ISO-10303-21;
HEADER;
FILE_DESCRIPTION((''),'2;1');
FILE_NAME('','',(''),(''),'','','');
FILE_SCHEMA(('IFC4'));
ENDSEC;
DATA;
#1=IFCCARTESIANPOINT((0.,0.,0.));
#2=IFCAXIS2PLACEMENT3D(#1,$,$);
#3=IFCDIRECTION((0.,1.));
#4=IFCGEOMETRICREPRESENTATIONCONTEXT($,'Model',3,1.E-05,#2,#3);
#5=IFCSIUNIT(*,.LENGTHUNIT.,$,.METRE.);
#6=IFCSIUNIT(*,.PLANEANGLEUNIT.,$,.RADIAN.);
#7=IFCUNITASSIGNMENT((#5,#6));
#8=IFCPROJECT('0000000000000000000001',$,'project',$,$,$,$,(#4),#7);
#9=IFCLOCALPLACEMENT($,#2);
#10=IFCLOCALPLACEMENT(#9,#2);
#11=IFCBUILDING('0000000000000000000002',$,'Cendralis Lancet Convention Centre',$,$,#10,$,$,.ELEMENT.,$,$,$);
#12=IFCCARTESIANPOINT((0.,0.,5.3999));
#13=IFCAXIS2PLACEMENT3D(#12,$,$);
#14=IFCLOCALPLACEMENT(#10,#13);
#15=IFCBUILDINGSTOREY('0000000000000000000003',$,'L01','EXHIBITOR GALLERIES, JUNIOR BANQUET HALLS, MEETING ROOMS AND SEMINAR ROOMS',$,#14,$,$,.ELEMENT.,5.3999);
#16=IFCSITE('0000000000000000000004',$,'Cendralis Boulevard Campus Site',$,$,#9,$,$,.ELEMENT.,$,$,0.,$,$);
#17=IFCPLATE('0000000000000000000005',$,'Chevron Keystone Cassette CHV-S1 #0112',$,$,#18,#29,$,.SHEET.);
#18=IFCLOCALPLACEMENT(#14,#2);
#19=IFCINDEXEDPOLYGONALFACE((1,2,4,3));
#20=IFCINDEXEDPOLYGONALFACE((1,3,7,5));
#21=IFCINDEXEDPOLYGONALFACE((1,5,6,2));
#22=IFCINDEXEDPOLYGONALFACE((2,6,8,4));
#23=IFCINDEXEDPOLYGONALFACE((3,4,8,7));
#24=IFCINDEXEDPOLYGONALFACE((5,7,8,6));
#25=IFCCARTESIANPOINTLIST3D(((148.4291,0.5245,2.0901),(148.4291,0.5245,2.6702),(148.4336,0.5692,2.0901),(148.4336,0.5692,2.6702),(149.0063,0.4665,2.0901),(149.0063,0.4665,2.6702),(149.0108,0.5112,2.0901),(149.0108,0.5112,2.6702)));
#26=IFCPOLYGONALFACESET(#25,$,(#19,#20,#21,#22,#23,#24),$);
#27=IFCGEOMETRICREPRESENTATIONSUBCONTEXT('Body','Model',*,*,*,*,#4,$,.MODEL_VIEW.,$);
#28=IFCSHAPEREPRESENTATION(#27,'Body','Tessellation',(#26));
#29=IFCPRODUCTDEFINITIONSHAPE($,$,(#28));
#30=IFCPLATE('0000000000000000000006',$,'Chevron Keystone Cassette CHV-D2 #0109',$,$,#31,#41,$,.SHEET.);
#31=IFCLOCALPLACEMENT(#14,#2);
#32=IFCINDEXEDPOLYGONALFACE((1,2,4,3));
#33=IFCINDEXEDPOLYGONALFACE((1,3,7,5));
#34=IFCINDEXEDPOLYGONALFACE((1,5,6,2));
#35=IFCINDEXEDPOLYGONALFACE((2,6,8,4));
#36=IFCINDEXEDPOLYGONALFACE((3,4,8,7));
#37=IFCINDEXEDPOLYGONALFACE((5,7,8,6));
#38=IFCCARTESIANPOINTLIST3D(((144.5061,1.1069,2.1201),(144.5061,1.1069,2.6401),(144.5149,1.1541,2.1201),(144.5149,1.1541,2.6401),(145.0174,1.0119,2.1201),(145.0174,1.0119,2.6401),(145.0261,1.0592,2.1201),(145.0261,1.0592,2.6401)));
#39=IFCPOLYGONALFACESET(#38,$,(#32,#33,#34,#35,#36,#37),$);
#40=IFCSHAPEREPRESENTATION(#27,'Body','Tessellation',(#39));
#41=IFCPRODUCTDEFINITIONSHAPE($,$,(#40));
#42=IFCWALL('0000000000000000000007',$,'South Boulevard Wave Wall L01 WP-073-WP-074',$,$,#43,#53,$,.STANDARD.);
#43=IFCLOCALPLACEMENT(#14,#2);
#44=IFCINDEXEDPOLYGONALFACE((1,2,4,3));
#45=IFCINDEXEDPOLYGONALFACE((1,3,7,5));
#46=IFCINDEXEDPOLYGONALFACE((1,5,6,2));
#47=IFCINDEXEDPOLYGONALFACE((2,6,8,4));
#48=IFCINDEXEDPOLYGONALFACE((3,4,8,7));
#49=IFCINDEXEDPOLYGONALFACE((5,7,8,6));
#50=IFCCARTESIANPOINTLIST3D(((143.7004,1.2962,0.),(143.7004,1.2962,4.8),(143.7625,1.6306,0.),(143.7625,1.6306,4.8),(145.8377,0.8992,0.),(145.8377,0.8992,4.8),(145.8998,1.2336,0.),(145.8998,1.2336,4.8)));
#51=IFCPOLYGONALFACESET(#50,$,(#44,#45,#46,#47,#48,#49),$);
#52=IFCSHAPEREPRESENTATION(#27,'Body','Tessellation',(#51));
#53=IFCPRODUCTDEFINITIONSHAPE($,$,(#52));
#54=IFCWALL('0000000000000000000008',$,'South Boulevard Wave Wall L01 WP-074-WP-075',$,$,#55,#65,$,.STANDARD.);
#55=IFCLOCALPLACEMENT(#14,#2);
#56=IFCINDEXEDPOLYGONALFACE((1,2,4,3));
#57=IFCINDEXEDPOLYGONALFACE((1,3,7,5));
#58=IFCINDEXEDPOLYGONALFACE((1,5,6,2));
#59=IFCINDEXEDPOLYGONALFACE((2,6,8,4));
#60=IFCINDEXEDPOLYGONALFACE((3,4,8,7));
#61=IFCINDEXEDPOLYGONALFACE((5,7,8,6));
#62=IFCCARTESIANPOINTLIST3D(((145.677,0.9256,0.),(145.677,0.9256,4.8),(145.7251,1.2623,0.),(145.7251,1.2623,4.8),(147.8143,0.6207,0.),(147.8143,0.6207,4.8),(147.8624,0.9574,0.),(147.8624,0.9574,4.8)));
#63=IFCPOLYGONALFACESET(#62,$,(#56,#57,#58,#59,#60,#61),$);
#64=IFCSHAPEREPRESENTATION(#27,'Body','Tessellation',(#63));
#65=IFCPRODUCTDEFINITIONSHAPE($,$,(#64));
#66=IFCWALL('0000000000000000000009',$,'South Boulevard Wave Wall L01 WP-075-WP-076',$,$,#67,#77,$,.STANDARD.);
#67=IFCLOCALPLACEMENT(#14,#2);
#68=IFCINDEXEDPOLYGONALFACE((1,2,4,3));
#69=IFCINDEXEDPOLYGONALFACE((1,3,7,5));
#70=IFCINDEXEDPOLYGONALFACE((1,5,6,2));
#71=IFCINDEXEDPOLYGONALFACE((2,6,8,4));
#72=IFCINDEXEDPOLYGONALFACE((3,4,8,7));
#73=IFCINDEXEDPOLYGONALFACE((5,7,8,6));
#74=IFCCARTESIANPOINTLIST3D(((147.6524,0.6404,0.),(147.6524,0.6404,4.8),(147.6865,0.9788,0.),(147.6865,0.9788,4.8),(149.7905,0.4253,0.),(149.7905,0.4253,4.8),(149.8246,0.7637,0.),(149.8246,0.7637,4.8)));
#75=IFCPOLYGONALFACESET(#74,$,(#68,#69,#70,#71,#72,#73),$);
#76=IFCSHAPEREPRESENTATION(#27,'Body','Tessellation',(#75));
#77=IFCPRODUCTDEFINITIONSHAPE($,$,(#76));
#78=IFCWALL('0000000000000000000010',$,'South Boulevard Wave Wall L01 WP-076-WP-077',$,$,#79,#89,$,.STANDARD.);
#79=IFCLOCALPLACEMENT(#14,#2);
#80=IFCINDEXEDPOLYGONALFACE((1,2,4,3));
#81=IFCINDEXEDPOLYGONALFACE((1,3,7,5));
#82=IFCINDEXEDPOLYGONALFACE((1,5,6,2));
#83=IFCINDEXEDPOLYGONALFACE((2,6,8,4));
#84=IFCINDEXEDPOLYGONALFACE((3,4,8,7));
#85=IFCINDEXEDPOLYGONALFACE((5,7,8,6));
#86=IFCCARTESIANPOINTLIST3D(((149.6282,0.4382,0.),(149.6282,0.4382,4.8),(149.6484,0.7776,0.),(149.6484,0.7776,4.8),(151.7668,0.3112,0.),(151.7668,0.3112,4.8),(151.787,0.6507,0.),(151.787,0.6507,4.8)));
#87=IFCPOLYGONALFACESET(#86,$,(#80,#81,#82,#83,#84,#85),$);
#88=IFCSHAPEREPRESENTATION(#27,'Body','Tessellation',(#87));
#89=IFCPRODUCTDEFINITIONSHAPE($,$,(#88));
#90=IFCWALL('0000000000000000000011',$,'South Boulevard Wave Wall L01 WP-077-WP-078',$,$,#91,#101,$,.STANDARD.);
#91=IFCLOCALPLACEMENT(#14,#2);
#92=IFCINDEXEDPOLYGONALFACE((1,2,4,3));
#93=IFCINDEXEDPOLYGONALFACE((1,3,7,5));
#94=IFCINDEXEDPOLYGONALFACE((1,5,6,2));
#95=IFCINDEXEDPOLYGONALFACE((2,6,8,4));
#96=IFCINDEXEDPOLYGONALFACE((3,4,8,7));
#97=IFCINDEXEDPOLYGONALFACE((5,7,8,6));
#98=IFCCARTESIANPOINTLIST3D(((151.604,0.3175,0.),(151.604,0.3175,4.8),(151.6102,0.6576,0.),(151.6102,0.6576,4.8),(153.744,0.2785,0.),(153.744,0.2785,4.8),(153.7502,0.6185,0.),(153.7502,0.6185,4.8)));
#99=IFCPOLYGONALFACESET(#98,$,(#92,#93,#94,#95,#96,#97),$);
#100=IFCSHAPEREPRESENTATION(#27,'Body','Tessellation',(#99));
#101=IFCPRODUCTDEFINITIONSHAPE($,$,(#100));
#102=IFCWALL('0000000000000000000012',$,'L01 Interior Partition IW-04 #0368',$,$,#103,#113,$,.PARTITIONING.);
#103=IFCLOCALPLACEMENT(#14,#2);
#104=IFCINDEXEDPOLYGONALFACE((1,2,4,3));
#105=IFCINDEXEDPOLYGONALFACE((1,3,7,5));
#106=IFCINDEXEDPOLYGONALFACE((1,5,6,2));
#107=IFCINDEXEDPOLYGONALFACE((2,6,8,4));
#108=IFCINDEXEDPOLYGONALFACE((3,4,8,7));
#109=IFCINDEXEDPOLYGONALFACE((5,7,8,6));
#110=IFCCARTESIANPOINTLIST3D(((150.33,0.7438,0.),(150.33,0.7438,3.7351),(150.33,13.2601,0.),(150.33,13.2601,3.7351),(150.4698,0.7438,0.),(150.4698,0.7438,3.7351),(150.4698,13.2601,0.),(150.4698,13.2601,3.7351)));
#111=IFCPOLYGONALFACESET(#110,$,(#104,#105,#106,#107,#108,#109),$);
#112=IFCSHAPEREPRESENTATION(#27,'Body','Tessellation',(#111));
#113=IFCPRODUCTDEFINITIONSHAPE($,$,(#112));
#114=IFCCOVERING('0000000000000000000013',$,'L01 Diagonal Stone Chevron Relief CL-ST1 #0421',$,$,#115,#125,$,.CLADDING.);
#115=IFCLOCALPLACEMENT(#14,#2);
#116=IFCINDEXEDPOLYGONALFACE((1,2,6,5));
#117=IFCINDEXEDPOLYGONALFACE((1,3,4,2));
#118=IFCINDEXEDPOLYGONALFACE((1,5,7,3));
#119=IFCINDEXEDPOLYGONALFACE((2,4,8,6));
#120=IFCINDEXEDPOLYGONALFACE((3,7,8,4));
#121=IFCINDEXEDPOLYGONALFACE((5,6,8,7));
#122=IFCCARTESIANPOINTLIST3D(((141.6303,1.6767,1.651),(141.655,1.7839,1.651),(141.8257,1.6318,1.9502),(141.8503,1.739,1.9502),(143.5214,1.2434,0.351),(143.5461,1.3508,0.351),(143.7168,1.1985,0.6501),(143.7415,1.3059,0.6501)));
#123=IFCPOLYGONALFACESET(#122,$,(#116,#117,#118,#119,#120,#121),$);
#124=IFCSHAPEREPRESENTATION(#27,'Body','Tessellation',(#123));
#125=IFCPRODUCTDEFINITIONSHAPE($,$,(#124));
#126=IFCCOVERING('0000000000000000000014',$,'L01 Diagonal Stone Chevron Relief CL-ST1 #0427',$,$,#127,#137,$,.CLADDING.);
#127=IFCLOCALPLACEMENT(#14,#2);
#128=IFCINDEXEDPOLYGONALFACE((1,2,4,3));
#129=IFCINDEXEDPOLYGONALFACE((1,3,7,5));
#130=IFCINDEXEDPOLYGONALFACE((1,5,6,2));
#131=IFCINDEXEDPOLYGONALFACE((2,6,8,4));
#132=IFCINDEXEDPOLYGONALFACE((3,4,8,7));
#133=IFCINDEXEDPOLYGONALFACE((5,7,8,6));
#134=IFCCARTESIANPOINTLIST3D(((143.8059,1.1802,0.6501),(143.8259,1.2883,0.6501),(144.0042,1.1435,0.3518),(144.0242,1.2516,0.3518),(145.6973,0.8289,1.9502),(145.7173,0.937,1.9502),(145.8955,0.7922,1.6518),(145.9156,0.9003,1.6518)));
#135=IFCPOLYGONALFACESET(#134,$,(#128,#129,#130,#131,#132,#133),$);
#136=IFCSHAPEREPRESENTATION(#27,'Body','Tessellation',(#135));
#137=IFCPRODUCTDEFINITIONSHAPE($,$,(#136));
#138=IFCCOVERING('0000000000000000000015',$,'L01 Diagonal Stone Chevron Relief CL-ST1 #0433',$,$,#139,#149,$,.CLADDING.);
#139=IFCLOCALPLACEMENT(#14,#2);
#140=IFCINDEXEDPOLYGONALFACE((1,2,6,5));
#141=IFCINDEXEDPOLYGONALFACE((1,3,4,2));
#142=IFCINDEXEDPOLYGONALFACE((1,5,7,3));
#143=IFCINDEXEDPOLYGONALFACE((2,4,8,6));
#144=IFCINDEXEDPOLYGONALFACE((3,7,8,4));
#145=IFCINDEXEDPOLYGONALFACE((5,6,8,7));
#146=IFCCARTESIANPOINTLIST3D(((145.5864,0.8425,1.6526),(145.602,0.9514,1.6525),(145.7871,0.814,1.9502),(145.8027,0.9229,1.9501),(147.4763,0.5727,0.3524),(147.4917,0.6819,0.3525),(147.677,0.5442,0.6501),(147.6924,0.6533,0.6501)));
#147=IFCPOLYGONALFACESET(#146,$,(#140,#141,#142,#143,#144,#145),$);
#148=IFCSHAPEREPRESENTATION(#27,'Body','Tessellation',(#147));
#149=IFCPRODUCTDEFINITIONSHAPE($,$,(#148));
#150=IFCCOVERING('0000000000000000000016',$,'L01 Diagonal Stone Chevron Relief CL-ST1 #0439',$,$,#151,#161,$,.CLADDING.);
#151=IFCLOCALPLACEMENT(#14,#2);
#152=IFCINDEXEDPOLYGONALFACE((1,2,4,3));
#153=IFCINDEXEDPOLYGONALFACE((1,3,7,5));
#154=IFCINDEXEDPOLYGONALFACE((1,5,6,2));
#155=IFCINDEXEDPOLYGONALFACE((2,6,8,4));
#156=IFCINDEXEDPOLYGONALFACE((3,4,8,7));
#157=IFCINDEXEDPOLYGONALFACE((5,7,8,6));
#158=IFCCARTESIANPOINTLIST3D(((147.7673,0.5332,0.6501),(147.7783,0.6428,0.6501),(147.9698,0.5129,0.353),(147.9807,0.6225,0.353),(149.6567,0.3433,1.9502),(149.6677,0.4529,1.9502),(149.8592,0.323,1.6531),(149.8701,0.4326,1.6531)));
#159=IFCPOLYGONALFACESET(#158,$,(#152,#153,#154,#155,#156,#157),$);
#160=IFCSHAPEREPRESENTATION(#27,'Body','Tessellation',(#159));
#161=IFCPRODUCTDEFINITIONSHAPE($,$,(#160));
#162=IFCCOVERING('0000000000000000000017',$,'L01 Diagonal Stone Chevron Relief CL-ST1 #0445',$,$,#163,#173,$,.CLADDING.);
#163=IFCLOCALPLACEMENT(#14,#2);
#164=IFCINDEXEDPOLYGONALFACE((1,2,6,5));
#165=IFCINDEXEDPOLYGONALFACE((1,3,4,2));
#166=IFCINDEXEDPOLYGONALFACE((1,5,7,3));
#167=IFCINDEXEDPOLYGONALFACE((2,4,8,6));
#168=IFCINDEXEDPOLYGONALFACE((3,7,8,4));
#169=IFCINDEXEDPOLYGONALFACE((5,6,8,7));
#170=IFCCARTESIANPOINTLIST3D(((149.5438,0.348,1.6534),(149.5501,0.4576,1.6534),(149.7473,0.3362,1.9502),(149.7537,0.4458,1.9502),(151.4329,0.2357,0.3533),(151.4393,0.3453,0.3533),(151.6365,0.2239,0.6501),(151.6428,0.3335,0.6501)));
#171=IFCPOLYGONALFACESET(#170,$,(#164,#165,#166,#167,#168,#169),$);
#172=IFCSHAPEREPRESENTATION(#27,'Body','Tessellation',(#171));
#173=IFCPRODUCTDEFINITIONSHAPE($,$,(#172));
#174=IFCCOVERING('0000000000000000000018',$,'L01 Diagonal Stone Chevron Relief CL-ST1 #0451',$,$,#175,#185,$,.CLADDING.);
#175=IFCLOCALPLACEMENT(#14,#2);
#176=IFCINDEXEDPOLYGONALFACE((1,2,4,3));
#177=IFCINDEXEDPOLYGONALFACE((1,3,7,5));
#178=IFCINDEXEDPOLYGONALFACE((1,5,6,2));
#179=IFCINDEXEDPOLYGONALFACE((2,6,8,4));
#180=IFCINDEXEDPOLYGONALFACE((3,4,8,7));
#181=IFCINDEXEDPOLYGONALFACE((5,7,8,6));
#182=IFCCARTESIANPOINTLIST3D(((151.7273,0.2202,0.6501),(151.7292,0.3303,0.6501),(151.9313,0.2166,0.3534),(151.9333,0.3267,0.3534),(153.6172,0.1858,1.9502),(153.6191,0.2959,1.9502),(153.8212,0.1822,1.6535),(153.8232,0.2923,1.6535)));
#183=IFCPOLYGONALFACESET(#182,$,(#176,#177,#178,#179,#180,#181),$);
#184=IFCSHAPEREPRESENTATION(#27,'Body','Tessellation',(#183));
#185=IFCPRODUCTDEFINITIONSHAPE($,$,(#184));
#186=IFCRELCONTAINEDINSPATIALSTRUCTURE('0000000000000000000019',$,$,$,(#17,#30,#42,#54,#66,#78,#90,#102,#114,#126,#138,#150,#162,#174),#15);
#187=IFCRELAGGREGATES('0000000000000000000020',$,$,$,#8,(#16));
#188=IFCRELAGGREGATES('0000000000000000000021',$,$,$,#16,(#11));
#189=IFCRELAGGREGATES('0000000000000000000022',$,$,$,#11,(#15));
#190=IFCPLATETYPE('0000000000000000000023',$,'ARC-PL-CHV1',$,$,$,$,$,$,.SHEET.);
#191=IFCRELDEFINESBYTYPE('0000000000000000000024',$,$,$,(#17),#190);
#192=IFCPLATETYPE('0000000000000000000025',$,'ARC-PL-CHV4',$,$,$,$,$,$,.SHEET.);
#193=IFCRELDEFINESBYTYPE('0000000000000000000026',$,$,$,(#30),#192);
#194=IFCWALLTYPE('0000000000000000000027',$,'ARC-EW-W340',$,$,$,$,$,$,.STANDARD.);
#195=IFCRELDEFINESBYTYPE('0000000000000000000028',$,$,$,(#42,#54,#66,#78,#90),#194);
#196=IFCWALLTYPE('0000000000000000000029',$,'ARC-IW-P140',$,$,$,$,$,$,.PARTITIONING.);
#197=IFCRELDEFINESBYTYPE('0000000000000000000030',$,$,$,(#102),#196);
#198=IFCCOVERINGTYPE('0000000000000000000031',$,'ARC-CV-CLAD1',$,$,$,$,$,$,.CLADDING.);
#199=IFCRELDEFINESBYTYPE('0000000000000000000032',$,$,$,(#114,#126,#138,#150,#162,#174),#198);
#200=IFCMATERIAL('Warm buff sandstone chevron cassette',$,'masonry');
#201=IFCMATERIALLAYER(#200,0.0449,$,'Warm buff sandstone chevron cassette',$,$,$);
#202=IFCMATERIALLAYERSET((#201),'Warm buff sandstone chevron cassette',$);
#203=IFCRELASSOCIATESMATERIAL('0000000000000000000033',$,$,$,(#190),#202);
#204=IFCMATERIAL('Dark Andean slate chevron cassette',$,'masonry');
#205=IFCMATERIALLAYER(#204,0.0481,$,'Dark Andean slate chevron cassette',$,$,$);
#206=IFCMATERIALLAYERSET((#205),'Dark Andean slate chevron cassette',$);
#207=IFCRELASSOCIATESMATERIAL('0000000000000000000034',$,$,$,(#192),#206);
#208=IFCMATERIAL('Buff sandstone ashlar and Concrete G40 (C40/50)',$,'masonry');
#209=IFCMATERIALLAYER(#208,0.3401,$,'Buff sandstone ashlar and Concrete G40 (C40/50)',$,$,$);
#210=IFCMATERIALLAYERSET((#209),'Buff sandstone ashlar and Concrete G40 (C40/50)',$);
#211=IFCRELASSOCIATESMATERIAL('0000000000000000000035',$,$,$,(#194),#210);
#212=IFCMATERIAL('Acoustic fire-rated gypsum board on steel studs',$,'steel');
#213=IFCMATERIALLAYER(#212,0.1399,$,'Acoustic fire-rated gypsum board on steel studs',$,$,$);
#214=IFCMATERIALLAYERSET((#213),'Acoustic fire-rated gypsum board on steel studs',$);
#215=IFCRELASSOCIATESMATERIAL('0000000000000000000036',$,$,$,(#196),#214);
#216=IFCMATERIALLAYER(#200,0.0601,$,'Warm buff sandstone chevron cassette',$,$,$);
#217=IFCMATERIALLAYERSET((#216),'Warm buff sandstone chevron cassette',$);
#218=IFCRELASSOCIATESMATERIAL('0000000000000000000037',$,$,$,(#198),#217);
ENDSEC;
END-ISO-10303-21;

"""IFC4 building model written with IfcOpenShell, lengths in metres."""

from ifc_helpers import new_model, si_unit, direction, frame, frame_2d, origin, origin_2d, place, context, subcontext, project, spatial, polyline, rectangle, outline, extrude, material, layer, layer_set, type_object, element, save


model = new_model("IFC4")

# Units and contexts
model_context = context("Model", 3, precision=1e-05, world=origin(), true_north=direction((0.0, 1.0)))
body_context = subcontext(model_context, "Body", "Model", "MODEL_VIEW")
ifc_project = project(units=[si_unit("LENGTHUNIT", "METRE"), si_unit("PLANEANGLEUNIT", "RADIAN")], contexts=[model_context])

# Site, building, storey
site_placement = place(None, origin())
site = spatial("IfcSite", under=ifc_project, at=site_placement, Name="Cendralis Boulevard Campus Site", CompositionType="ELEMENT", RefElevation=0.0)
building_placement = place(site_placement, origin())
building = spatial("IfcBuilding", under=site, at=building_placement, Name="Cendralis Lancet Convention Centre", CompositionType="ELEMENT")
storey_placement = place(building_placement, frame((0.0, 0.0, 5.3999)))
storey = spatial("IfcBuildingStorey", under=building, at=storey_placement, Name="L01", Description="EXHIBITOR GALLERIES, JUNIOR BANQUET HALLS, MEETING ROOMS AND SEMINAR ROOMS", CompositionType="ELEMENT", Elevation=5.3999)

# Plates
ifc_material_1 = material(Name="Warm buff sandstone chevron cassette", Category="masonry")
ifc_layer_1 = layer(ifc_material_1, 0.0449, Name="Warm buff sandstone chevron cassette")
ifc_layer_set_1 = layer_set([ifc_layer_1], Name="Warm buff sandstone chevron cassette")
plate_type_1 = type_object("IfcPlateType", Name="ARC-PL-CHV1", PredefinedType="SHEET", material=ifc_layer_set_1)
plate_1_placement = place(storey_placement, frame((148.72, 0.5178, 2.0901), z_axis=(0.0, 0.0, 1.0), x_axis=(0.994982, -0.100049, 0.0)))
element("IfcPlate", 1, at=plate_1_placement, inside=storey, type_object=plate_type_1, Name="Chevron Keystone Cassette CHV-S1 #0112", PredefinedType="SHEET", context=body_context, shape_type="SweptSolid", body=[
    extrude(rectangle(XDim=0.5801, YDim=0.0449, at=origin_2d()), origin(), (0.0, 0.0, 1.0), 0.5801),
])
ifc_material_2 = material(Name="Dark Andean slate chevron cassette", Category="masonry")
ifc_layer_2 = layer(ifc_material_2, 0.0481, Name="Dark Andean slate chevron cassette")
ifc_layer_set_2 = layer_set([ifc_layer_2], Name="Dark Andean slate chevron cassette")
plate_type_2 = type_object("IfcPlateType", Name="ARC-PL-CHV4", PredefinedType="SHEET", material=ifc_layer_set_2)
plate_2_placement = place(storey_placement, frame((144.7661, 1.083, 2.1201), z_axis=(0.0, 0.0, 1.0), x_axis=(0.983175, -0.182665, 0.0)))
element("IfcPlate", 2, at=plate_2_placement, inside=storey, type_object=plate_type_2, Name="Chevron Keystone Cassette CHV-D2 #0109", PredefinedType="SHEET", context=body_context, shape_type="SweptSolid", body=[
    extrude(rectangle(XDim=0.52, YDim=0.0481, at=origin_2d()), origin(), (0.0, 0.0, 1.0), 0.52),
])

# Walls
ifc_material_3 = material(Name="Buff sandstone ashlar and Concrete G40 (C40/50)", Category="masonry")
ifc_layer_3 = layer(ifc_material_3, 0.3401, Name="Buff sandstone ashlar and Concrete G40 (C40/50)")
ifc_layer_set_3 = layer_set([ifc_layer_3], Name="Buff sandstone ashlar and Concrete G40 (C40/50)")
wall_type_1 = type_object("IfcWallType", Name="ARC-EW-W340", PredefinedType="STANDARD", material=ifc_layer_set_3)
wall_1_placement = place(storey_placement, frame((143.7314, 1.4634, 0.0), z_axis=(0.0, 0.0, 1.0), x_axis=(0.983184, -0.18262, 0.0)))
element("IfcWall", 3, at=wall_1_placement, inside=storey, type_object=wall_type_1, Name="South Boulevard Wave Wall L01 WP-073-WP-074", PredefinedType="STANDARD", context=body_context, shape_type="SweptSolid", body=[
    extrude(rectangle(XDim=2.1738, YDim=0.3401, at=frame_2d((1.0869, 0.0))), origin(), (0.0, 0.0, 1.0), 4.8),
])
wall_2_placement = place(storey_placement, frame((145.7009, 1.094, 0.0), z_axis=(0.0, 0.0, 1.0), x_axis=(0.989974, -0.141247, 0.0)))
element("IfcWall", 4, at=wall_2_placement, inside=storey, type_object=wall_type_1, Name="South Boulevard Wave Wall L01 WP-074-WP-075", PredefinedType="STANDARD", context=body_context, shape_type="SweptSolid", body=[
    extrude(rectangle(XDim=2.1589, YDim=0.3401, at=frame_2d((1.0796, 0.0))), origin(), (0.0, 0.0, 1.0), 4.8),
])
wall_3_placement = place(storey_placement, frame((147.6694, 0.8096, 0.0), z_axis=(0.0, 0.0, 1.0), x_axis=(0.994979, -0.100089, 0.0)))
element("IfcWall", 5, at=wall_3_placement, inside=storey, type_object=wall_type_1, Name="South Boulevard Wave Wall L01 WP-075-WP-076", PredefinedType="STANDARD", context=body_context, shape_type="SweptSolid", body=[
    extrude(rectangle(XDim=2.1489, YDim=0.3401, at=frame_2d((1.0745, 0.0))), origin(), (0.0, 0.0, 1.0), 4.8),
])
wall_4_placement = place(storey_placement, frame((149.6382, 0.6079, 0.0), z_axis=(0.0, 0.0, 1.0), x_axis=(0.998243, -0.059256, 0.0)))
element("IfcWall", 6, at=wall_4_placement, inside=storey, type_object=wall_type_1, Name="South Boulevard Wave Wall L01 WP-076-WP-077", PredefinedType="STANDARD", context=body_context, shape_type="SweptSolid", body=[
    extrude(rectangle(XDim=2.1423, YDim=0.3401, at=frame_2d((1.0713, 0.0))), origin(), (0.0, 0.0, 1.0), 4.8),
])
wall_5_placement = place(storey_placement, frame((151.6069, 0.4875, 0.0), z_axis=(0.0, 0.0, 1.0), x_axis=(0.999833, -0.018249, 0.0)))
element("IfcWall", 7, at=wall_5_placement, inside=storey, type_object=wall_type_1, Name="South Boulevard Wave Wall L01 WP-077-WP-078", PredefinedType="STANDARD", context=body_context, shape_type="SweptSolid", body=[
    extrude(rectangle(XDim=2.1404, YDim=0.3401, at=frame_2d((1.0703, 0.0))), origin(), (0.0, 0.0, 1.0), 4.8),
])
ifc_material_4 = material(Name="Acoustic fire-rated gypsum board on steel studs", Category="steel")
ifc_layer_4 = layer(ifc_material_4, 0.1399, Name="Acoustic fire-rated gypsum board on steel studs")
ifc_layer_set_4 = layer_set([ifc_layer_4], Name="Acoustic fire-rated gypsum board on steel studs")
wall_type_2 = type_object("IfcWallType", Name="ARC-IW-P140", PredefinedType="PARTITIONING", material=ifc_layer_set_4)
wall_6_placement = place(storey_placement, frame((150.3999, 0.7437, 0.0), z_axis=(0.0, 0.0, 1.0), x_axis=(0.0, 1.0, 0.0)))
element("IfcWall", 8, at=wall_6_placement, inside=storey, type_object=wall_type_2, Name="L01 Interior Partition IW-04 #0368", PredefinedType="PARTITIONING", context=body_context, shape_type="SweptSolid", body=[
    extrude(rectangle(XDim=12.5164, YDim=0.1399, at=frame_2d((6.2583, 0.0))), origin(), (0.0, 0.0, 1.0), 3.7351),
])

# Coverings
ifc_layer_5 = layer(ifc_material_1, 0.0601, Name="Warm buff sandstone chevron cassette")
ifc_layer_set_5 = layer_set([ifc_layer_5], Name="Warm buff sandstone chevron cassette")
covering_type_1 = type_object("IfcCoveringType", Name="ARC-CV-CLAD1", PredefinedType="CLADDING", material=ifc_layer_set_5)
covering_1_placement = place(storey_placement, frame((141.8257, 1.6318, 1.9502), z_axis=(0.542528, -0.124676, 0.830734), x_axis=(0.809746, -0.185554, -0.556669)))
element("IfcCovering", 9, at=covering_1_placement, inside=storey, type_object=covering_type_1, Name="L01 Diagonal Stone Chevron Relief CL-ST1 #0421", PredefinedType="CLADDING", context=body_context, shape_type="SweptSolid", body=[
    extrude(outline(polyline([(0.0, 0.0), (2.3354, 0.0), (2.3355, 0.1102), (0.0001, 0.11), (0.0, 0.0)])), origin(), (0.0, 0.0, -1.0), 0.3601),
])
covering_2_placement = place(storey_placement, frame((143.8059, 1.1802, 0.6501), z_axis=(-0.550577, 0.101913, 0.82854), x_axis=(0.814606, -0.151313, 0.55993)))
element("IfcCovering", 10, at=covering_2_placement, inside=storey, type_object=covering_type_1, Name="L01 Diagonal Stone Chevron Relief CL-ST1 #0427", PredefinedType="CLADDING", context=body_context, shape_type="SweptSolid", body=[
    extrude(outline(polyline([(0.0, 0.0), (2.3218, 0.0), (2.3217, 0.11), (-0.0001, 0.11), (0.0, 0.0)])), origin(), (0.0, 0.0, -1.0), 0.3601),
])
covering_3_placement = place(storey_placement, frame((145.7871, 0.814, 1.9502), z_axis=(0.557291, -0.079256, 0.826526), x_axis=(0.818232, -0.1168, -0.562899)))
element("IfcCovering", 11, at=covering_3_placement, inside=storey, type_object=covering_type_1, Name="L01 Diagonal Stone Chevron Relief CL-ST1 #0433", PredefinedType="CLADDING", context=body_context, shape_type="SweptSolid", body=[
    extrude(outline(polyline([(0.0, 0.0), (2.3097, 0.0), (2.3095, 0.1102), (0.0001, 0.11), (0.0, 0.0)])), origin(), (0.0, 0.0, -1.0), 0.3601),
])
covering_4_placement = place(storey_placement, frame((147.7673, 0.5332, 0.6501), z_axis=(-0.5621, 0.056335, 0.825149), x_axis=(0.821011, -0.082536, 0.564915)))
element("IfcCovering", 12, at=covering_4_placement, inside=storey, type_object=covering_type_1, Name="L01 Diagonal Stone Chevron Relief CL-ST1 #0439", PredefinedType="CLADDING", context=body_context, shape_type="SweptSolid", body=[
    extrude(outline(polyline([(0.0, 0.0), (2.3013, 0.0), (2.3013, 0.1102), (0.0, 0.1102), (0.0, 0.0)])), origin(), (0.0, 0.0, -1.0), 0.3601),
])
covering_5_placement = place(storey_placement, frame((149.7473, 0.3362, 1.9502), z_axis=(0.565274, -0.032733, 0.824253), x_axis=(0.822801, -0.048913, -0.566221)))
element("IfcCovering", 13, at=covering_5_placement, inside=storey, type_object=covering_type_1, Name="L01 Diagonal Stone Chevron Relief CL-ST1 #0445", PredefinedType="CLADDING", context=body_context, shape_type="SweptSolid", body=[
    extrude(outline(polyline([(0.0, 0.0), (2.296, 0.0), (2.2959, 0.1098), (-0.0001, 0.1098), (0.0, 0.0)])), origin(), (0.0, 0.0, -1.0), 0.3601),
])
covering_6_placement = place(storey_placement, frame((151.7273, 0.2202, 0.6501), z_axis=(-0.566597, 0.010051, 0.823934), x_axis=(0.823797, -0.015005, 0.566686)))
element("IfcCovering", 14, at=covering_6_placement, inside=storey, type_object=covering_type_1, Name="L01 Diagonal Stone Chevron Relief CL-ST1 #0451", PredefinedType="CLADDING", context=body_context, shape_type="SweptSolid", body=[
    extrude(outline(polyline([(0.0, 0.0), (2.2941, 0.0), (2.2941, 0.1101), (0.0, 0.1101), (0.0, 0.0)])), origin(), (0.0, 0.0, -1.0), 0.3601),
])

save(model, "model.ifc")
